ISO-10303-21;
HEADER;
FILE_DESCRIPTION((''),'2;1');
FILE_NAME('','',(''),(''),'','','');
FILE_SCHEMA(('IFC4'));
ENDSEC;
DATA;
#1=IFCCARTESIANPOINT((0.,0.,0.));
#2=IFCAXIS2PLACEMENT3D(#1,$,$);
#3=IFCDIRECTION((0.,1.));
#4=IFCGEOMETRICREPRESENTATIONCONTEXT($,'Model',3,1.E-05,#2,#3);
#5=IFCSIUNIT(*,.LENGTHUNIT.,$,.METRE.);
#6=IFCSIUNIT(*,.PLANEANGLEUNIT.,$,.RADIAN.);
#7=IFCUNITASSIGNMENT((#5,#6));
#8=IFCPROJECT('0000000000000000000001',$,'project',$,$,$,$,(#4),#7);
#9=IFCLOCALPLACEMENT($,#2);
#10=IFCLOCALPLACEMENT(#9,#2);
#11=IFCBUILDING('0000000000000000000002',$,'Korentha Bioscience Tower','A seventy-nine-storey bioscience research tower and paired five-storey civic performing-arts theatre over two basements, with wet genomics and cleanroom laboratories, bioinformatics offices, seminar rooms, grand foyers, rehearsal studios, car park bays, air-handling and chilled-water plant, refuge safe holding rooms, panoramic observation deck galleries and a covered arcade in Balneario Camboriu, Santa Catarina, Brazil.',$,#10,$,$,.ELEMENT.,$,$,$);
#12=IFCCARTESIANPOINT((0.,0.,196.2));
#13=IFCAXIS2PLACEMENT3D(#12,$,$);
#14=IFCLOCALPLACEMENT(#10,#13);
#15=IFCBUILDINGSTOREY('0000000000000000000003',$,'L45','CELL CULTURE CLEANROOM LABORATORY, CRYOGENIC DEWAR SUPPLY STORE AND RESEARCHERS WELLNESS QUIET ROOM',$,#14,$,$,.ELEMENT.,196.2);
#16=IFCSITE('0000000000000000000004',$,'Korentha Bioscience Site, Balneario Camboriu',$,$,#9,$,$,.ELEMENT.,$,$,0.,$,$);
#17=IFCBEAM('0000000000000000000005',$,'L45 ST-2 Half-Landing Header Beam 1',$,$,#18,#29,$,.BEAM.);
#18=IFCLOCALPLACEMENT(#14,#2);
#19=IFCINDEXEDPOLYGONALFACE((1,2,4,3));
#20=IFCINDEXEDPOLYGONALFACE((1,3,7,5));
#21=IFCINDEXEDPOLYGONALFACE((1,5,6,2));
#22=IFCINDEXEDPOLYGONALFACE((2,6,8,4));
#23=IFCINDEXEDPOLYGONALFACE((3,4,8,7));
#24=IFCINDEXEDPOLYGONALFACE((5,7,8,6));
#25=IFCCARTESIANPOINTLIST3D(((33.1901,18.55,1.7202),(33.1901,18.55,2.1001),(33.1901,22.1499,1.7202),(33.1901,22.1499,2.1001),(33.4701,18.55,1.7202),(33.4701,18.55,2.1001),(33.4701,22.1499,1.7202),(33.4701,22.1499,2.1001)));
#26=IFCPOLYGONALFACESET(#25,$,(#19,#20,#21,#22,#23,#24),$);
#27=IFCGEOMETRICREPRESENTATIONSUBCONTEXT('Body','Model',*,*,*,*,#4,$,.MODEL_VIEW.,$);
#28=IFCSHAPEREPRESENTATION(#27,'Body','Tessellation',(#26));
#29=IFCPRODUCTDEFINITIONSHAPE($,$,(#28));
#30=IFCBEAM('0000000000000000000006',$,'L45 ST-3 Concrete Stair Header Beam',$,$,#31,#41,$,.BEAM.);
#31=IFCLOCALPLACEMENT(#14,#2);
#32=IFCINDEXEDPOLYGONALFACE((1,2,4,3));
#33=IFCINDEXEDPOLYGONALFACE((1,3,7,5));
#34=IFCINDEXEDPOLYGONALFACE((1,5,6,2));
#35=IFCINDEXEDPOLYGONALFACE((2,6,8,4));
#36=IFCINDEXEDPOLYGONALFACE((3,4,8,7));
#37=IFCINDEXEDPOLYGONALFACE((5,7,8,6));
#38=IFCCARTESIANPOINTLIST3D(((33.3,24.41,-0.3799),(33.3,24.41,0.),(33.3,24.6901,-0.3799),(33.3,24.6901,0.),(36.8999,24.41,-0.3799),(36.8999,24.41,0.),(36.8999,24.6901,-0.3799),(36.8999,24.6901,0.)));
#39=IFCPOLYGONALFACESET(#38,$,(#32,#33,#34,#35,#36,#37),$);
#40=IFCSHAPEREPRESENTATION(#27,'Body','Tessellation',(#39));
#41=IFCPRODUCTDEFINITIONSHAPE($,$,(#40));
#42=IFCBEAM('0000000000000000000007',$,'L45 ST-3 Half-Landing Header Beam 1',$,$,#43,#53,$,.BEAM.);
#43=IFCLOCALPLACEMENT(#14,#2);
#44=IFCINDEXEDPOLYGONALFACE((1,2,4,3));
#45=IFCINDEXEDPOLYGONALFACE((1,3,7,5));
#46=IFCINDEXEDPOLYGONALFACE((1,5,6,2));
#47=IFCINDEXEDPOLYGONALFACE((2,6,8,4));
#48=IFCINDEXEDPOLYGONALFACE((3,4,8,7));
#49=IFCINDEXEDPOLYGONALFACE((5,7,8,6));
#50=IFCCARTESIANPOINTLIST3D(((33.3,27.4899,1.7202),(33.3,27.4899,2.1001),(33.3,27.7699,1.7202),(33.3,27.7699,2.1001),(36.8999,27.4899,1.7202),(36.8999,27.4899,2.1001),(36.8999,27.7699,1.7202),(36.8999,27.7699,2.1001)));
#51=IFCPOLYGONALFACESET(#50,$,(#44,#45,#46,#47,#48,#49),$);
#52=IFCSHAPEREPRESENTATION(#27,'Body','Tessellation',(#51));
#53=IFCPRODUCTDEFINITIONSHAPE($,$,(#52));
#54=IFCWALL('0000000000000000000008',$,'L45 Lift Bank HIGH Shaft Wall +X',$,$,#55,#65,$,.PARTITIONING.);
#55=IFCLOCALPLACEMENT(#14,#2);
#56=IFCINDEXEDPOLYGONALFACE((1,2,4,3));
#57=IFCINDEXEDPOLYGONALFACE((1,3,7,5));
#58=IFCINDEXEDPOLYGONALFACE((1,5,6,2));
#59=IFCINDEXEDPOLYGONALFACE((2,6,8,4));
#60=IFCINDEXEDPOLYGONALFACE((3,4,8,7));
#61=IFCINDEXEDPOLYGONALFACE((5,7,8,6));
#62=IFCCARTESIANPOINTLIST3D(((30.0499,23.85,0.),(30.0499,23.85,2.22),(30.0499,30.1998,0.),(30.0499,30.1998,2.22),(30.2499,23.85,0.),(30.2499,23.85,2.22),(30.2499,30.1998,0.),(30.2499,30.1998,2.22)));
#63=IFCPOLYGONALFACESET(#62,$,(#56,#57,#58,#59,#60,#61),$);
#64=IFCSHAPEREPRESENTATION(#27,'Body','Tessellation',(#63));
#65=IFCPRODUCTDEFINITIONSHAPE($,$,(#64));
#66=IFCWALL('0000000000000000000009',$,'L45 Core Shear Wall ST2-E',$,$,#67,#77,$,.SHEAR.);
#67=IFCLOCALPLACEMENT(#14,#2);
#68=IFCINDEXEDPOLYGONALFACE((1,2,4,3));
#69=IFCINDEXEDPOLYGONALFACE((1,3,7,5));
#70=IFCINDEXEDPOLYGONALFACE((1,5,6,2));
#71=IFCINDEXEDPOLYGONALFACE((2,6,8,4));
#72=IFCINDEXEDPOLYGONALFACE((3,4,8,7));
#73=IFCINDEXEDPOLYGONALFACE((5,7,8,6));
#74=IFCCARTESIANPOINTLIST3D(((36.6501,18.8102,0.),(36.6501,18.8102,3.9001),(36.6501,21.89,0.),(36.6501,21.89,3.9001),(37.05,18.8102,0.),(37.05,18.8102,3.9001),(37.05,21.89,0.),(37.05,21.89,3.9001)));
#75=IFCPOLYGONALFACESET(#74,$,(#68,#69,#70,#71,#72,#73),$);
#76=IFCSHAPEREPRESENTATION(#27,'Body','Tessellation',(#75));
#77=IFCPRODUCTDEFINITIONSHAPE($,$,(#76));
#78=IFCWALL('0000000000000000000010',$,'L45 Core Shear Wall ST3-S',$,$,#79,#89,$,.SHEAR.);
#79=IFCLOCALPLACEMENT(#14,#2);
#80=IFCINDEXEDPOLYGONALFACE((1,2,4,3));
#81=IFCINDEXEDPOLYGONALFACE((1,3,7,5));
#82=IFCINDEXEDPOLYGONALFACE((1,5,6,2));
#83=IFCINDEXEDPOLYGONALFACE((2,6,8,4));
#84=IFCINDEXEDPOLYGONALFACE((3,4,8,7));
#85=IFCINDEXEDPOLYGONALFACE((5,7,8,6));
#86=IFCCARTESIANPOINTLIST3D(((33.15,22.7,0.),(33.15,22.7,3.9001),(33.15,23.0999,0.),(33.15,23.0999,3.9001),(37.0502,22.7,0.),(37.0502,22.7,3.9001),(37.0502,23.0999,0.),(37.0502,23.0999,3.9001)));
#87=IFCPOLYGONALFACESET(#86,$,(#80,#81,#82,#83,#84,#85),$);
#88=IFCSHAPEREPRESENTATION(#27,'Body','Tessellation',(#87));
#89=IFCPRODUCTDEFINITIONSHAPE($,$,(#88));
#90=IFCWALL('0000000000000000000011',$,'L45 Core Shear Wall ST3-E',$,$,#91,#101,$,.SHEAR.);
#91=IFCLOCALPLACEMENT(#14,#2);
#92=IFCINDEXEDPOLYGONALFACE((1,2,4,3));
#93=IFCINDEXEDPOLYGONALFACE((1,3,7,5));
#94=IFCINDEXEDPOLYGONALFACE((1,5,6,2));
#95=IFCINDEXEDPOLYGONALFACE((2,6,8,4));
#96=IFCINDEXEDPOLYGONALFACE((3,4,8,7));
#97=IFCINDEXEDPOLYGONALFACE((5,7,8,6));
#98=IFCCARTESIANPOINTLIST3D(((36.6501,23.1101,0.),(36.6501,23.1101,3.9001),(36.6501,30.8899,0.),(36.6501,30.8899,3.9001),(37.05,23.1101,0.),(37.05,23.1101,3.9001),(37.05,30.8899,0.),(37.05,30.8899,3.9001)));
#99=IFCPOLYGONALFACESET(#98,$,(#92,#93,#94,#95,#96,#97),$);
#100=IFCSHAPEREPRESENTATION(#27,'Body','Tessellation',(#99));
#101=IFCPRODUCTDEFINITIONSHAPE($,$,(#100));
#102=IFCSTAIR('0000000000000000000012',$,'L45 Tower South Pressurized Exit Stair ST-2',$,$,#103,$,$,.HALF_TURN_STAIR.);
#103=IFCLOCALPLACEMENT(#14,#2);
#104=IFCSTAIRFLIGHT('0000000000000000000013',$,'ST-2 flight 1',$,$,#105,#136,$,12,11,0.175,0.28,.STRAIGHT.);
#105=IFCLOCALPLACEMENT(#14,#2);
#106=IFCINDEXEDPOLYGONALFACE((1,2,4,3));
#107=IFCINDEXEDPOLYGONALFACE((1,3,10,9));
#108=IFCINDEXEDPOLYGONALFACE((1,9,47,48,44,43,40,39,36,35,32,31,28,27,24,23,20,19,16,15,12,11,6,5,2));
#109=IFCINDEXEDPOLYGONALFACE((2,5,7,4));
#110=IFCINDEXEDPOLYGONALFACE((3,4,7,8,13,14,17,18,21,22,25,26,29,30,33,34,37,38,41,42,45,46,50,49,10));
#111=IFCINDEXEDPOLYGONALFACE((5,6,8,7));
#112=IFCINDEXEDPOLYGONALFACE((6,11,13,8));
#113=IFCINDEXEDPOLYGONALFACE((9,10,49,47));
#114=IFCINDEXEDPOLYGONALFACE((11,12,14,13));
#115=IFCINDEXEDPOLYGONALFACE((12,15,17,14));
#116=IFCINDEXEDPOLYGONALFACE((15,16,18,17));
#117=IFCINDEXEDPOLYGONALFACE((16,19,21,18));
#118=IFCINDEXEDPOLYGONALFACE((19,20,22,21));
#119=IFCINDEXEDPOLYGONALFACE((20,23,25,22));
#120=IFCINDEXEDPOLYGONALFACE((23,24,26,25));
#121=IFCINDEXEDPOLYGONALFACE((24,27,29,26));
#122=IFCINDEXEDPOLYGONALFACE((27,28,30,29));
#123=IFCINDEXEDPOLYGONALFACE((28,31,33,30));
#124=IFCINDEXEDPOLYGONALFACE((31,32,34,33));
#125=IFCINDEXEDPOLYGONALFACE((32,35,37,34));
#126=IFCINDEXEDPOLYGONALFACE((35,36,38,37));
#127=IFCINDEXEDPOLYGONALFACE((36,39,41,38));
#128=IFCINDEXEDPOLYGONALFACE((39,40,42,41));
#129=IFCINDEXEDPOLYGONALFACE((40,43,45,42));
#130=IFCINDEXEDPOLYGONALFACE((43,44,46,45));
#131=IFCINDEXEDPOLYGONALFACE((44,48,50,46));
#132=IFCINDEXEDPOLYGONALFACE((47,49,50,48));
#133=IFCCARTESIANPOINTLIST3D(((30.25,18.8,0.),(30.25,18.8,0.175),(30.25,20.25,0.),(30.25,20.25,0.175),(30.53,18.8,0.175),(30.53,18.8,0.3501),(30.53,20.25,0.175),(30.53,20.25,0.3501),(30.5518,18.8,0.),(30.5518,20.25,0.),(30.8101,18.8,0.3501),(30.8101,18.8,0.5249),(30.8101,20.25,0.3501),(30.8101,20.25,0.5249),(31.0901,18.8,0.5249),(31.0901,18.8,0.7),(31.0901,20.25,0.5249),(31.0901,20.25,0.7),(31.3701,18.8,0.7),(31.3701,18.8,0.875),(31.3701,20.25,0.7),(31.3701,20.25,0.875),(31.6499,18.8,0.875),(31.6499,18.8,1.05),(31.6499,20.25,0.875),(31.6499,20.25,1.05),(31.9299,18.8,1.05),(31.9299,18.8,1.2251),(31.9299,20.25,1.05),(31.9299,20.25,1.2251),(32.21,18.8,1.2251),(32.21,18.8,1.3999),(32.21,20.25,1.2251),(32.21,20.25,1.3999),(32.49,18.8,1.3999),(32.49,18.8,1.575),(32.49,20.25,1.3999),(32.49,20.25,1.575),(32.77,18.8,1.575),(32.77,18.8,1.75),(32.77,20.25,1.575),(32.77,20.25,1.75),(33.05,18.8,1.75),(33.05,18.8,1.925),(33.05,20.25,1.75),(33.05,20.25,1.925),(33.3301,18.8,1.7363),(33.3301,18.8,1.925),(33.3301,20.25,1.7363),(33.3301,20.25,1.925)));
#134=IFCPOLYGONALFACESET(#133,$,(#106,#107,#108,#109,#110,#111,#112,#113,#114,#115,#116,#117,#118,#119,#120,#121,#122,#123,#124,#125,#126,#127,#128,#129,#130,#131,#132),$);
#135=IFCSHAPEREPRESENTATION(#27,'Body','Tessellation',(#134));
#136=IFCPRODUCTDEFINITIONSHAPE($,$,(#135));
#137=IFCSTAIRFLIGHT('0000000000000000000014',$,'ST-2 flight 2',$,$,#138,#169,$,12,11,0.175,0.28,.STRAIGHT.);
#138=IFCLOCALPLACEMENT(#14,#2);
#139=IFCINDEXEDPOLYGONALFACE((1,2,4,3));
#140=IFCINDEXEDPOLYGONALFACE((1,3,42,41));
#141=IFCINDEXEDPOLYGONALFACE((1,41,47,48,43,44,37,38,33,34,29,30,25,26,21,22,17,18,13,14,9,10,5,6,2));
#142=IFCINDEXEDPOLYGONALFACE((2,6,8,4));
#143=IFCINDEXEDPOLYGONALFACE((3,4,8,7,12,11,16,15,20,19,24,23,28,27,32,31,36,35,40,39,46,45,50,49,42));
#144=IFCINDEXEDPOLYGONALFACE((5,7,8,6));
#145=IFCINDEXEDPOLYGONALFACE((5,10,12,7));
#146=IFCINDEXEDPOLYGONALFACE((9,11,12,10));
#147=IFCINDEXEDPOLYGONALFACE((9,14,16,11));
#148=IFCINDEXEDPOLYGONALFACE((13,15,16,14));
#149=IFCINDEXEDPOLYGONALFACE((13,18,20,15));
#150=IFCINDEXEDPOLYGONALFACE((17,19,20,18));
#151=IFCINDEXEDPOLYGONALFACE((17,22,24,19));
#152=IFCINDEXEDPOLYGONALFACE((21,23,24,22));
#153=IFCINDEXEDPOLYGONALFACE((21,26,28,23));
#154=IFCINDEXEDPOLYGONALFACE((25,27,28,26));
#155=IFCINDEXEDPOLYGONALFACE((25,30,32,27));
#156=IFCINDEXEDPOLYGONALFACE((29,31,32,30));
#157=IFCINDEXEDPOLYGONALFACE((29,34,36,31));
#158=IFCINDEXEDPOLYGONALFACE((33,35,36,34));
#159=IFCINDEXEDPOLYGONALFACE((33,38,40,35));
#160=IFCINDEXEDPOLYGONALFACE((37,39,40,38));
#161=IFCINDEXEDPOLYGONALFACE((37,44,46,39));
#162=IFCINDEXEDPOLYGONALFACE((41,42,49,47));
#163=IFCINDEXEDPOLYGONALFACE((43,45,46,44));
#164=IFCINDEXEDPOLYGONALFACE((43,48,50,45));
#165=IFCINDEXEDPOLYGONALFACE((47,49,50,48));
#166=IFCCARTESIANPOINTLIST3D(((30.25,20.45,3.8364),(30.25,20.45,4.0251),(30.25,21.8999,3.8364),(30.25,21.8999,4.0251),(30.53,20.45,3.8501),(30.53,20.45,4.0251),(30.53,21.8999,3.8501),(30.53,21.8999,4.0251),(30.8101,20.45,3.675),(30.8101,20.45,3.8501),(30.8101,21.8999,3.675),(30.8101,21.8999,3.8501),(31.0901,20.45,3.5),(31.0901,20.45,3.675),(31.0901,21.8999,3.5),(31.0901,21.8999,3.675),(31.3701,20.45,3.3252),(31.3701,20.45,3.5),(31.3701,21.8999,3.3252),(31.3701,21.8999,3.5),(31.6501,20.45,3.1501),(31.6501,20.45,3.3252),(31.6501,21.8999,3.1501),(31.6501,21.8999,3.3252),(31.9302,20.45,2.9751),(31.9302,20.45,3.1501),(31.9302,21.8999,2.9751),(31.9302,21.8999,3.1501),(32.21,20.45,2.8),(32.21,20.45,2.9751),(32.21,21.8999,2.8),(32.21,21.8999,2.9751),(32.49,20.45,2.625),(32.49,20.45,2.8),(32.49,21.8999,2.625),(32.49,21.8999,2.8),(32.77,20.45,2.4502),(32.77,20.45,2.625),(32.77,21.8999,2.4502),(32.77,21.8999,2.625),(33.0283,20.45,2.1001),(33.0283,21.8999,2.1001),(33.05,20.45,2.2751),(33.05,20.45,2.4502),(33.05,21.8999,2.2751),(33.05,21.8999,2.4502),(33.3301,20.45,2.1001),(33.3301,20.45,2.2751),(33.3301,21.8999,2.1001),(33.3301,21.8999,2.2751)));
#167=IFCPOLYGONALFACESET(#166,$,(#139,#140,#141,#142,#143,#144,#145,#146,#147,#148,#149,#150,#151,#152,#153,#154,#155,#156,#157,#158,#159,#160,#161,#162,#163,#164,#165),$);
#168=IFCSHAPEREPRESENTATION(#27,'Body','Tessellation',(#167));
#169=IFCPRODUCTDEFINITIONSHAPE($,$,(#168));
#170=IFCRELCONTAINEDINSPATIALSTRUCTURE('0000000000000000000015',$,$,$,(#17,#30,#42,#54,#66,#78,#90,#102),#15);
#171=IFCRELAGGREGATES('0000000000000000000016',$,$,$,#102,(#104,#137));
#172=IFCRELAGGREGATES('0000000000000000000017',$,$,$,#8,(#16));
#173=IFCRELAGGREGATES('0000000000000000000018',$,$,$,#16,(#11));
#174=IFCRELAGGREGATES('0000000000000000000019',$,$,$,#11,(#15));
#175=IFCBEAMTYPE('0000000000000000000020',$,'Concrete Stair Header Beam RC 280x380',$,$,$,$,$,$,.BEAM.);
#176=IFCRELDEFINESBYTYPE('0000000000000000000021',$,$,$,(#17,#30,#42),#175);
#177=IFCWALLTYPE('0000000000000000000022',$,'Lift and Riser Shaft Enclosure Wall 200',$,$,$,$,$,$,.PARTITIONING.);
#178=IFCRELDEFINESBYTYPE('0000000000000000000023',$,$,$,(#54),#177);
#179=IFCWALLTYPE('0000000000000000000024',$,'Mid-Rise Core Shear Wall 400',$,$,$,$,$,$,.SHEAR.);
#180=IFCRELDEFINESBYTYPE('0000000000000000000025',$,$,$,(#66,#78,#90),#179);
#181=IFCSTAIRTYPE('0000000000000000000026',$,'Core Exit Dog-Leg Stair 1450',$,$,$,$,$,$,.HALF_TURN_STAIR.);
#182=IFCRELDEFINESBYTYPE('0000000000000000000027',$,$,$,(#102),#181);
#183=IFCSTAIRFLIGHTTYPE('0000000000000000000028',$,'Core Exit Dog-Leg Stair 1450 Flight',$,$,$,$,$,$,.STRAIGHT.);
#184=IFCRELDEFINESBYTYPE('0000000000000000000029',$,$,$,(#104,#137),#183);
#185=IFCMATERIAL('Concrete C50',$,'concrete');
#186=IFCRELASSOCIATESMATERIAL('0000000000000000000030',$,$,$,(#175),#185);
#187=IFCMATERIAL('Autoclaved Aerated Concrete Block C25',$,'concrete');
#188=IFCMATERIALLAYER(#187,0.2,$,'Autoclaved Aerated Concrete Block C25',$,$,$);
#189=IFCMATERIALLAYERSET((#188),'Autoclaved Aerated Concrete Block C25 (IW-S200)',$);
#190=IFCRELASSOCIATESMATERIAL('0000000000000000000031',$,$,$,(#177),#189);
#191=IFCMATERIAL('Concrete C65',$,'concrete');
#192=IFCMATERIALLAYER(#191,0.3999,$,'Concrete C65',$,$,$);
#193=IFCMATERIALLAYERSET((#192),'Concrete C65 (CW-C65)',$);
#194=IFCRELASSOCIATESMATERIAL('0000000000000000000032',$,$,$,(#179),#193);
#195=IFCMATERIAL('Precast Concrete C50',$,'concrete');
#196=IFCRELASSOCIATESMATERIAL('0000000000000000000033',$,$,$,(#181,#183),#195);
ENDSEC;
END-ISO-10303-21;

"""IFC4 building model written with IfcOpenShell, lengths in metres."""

from ifc_helpers import new_model, si_unit, direction, frame, frame_2d, origin, origin_2d, place, context, subcontext, project, spatial, polyline, rectangle, outline, extrude, material, layer, layer_set, material_profile, profile_set, type_object, element, aggregate, save


model = new_model("IFC4")

# Units and contexts
model_context = context("Model", 3, precision=1e-05, world=origin(), true_north=direction((0.0, 1.0)))
body_context = subcontext(model_context, "Body", "Model", "MODEL_VIEW")
ifc_project = project(units=[si_unit("LENGTHUNIT", "METRE"), si_unit("PLANEANGLEUNIT", "RADIAN")], contexts=[model_context])

# Site, building, storey
site_placement = place(None, origin())
site = spatial("IfcSite", under=ifc_project, at=site_placement, Name="Korentha Bioscience Site, Balneario Camboriu", CompositionType="ELEMENT", RefElevation=0.0)
building_placement = place(site_placement, origin())
building = spatial("IfcBuilding", under=site, at=building_placement, Name="Korentha Bioscience Tower", Description="A seventy-nine-storey bioscience research tower and paired five-storey civic performing-arts theatre over two basements, with wet genomics and cleanroom laboratories, bioinformatics offices, seminar rooms, grand foyers, rehearsal studios, car park bays, air-handling and chilled-water plant, refuge safe holding rooms, panoramic observation deck galleries and a covered arcade in Balneario Camboriu, Santa Catarina, Brazil.", CompositionType="ELEMENT")
storey_placement = place(building_placement, frame((0.0, 0.0, 196.2)))
storey = spatial("IfcBuildingStorey", under=building, at=storey_placement, Name="L45", Description="CELL CULTURE CLEANROOM LABORATORY, CRYOGENIC DEWAR SUPPLY STORE AND RESEARCHERS WELLNESS QUIET ROOM", CompositionType="ELEMENT", Elevation=196.2)

# Beams
ifc_material_1 = material(Name="Concrete C50", Category="concrete")
ifc_material_profile = material_profile(ifc_material_1, rectangle(XDim=0.28, YDim=0.3799, at=origin_2d()), Name="Concrete C50")
ifc_profile_set = profile_set([ifc_material_profile], Name="Concrete C50 (ST-HB380)")
beam_type = type_object("IfcBeamType", Name="Concrete Stair Header Beam RC 280x380", PredefinedType="BEAM", material=ifc_profile_set)
for number, where, z_axis, x_axis, name in (
    (1, (33.3301, 18.55, 1.9102), (0.0, 1.0, 0.0), (-1.0, 0.0, 0.0), "L45 ST-2 Half-Landing Header Beam 1"),
    (2, (36.8999, 24.55, -0.1899), (-1.0, 0.0, 0.0), (0.0, -1.0, 0.0), "L45 ST-3 Concrete Stair Header Beam"),
    (3, (36.8999, 27.6299, 1.9102), (-1.0, 0.0, 0.0), (0.0, -1.0, 0.0), "L45 ST-3 Half-Landing Header Beam 1"),
):
    element("IfcBeam", number, at=place(storey_placement, frame(where, z_axis=z_axis, x_axis=x_axis)), inside=storey, type_object=beam_type, Name=name, PredefinedType="BEAM", context=body_context, shape_type="SweptSolid", body=[
        extrude(rectangle(XDim=0.28, YDim=0.3799, at=origin_2d()), origin(), (0.0, 0.0, 1.0), 3.5999),
    ])

# Walls
ifc_material_2 = material(Name="Autoclaved Aerated Concrete Block C25", Category="concrete")
ifc_layer_1 = layer(ifc_material_2, 0.2, Name="Autoclaved Aerated Concrete Block C25")
ifc_layer_set_1 = layer_set([ifc_layer_1], Name="Autoclaved Aerated Concrete Block C25 (IW-S200)")
wall_type_1 = type_object("IfcWallType", Name="Lift and Riser Shaft Enclosure Wall 200", PredefinedType="PARTITIONING", material=ifc_layer_set_1)
wall_1_placement = place(storey_placement, frame((30.1499, 23.8501, 0.0), z_axis=(0.0, 0.0, 1.0), x_axis=(0.0, 1.0, 0.0)))
element("IfcWall", 4, at=wall_1_placement, inside=storey, type_object=wall_type_1, Name="L45 Lift Bank HIGH Shaft Wall +X", PredefinedType="PARTITIONING", context=body_context, shape_type="SweptSolid", body=[
    extrude(rectangle(XDim=6.3499, YDim=0.2, at=frame_2d((3.1748, 0.0))), origin(), (0.0, 0.0, 1.0), 2.22),
])
ifc_material_3 = material(Name="Concrete C65", Category="concrete")
ifc_layer_2 = layer(ifc_material_3, 0.3999, Name="Concrete C65")
ifc_layer_set_2 = layer_set([ifc_layer_2], Name="Concrete C65 (CW-C65)")
wall_type_2 = type_object("IfcWallType", Name="Mid-Rise Core Shear Wall 400", PredefinedType="SHEAR", material=ifc_layer_set_2)
wall_2_placement = place(storey_placement, frame((36.8501, 18.8101, 0.0), z_axis=(0.0, 0.0, 1.0), x_axis=(0.0, 1.0, 0.0)))
element("IfcWall", 5, at=wall_2_placement, inside=storey, type_object=wall_type_2, Name="L45 Core Shear Wall ST2-E", PredefinedType="SHEAR", context=body_context, shape_type="SweptSolid", body=[
    extrude(rectangle(XDim=3.0798, YDim=0.3999, at=frame_2d((1.54, 0.0))), origin(), (0.0, 0.0, 1.0), 3.9001),
])
wall_3_placement = place(storey_placement, frame((33.1499, 22.8999, 0.0), z_axis=(0.0, 0.0, 1.0), x_axis=(1.0, 0.0, 0.0)))
element("IfcWall", 6, at=wall_3_placement, inside=storey, type_object=wall_type_2, Name="L45 Core Shear Wall ST3-S", PredefinedType="SHEAR", context=body_context, shape_type="SweptSolid", body=[
    extrude(rectangle(XDim=3.9001, YDim=0.3999, at=frame_2d((1.9502, 0.0))), origin(), (0.0, 0.0, 1.0), 3.9001),
])
wall_4_placement = place(storey_placement, frame((36.8501, 23.1101, 0.0), z_axis=(0.0, 0.0, 1.0), x_axis=(0.0, 1.0, 0.0)))
element("IfcWall", 7, at=wall_4_placement, inside=storey, type_object=wall_type_2, Name="L45 Core Shear Wall ST3-E", PredefinedType="SHEAR", context=body_context, shape_type="SweptSolid", body=[
    extrude(rectangle(XDim=7.7798, YDim=0.3999, at=frame_2d((3.8899, 0.0))), origin(), (0.0, 0.0, 1.0), 3.9001),
])

# Stair, stair flights
ifc_material_4 = material(Name="Precast Concrete C50", Category="concrete")
stair_type = type_object("IfcStairType", Name="Core Exit Dog-Leg Stair 1450", PredefinedType="HALF_TURN_STAIR", material=ifc_material_4)
stair_1_placement = place(storey_placement, origin())
stair_1 = element("IfcStair", 8, at=stair_1_placement, inside=storey, type_object=stair_type, Name="L45 Tower South Pressurized Exit Stair ST-2", PredefinedType="HALF_TURN_STAIR")
stair_flight_type = type_object("IfcStairFlightType", Name="Core Exit Dog-Leg Stair 1450 Flight", PredefinedType="STRAIGHT", material=ifc_material_4)
stair_flight_1_placement = place(storey_placement, frame((30.25, 19.5249, 0.0), z_axis=(0.0, 0.0, 1.0), x_axis=(1.0, 0.0, 0.0)))
stair_flight_1 = element("IfcStairFlight", 9, at=stair_flight_1_placement, type_object=stair_flight_type, Name="ST-2 flight 1", NumberOfRisers=12, NumberOfTreads=11, PredefinedType="STRAIGHT", RiserHeight=0.175, TreadLength=0.28, context=body_context, shape_type="SweptSolid", body=[
    extrude(outline(polyline([(0.0, 0.0), (0.0, 0.175), (0.28, 0.175), (0.28, 0.3501), (0.5601, 0.3501), (0.5601, 0.5249), (0.8401, 0.5249), (0.8401, 0.7), (1.1201, 0.7), (1.1201, 0.875), (1.3999, 0.875), (1.3999, 1.05), (1.6799, 1.05), (1.6799, 1.2251), (1.96, 1.2251), (1.96, 1.3999), (2.24, 1.3999), (2.24, 1.575), (2.52, 1.575), (2.52, 1.75), (2.8, 1.75), (2.8, 1.925), (3.0801, 1.925), (3.0801, 2.1001), (3.0801, 1.7363), (0.3018, 0.0), (0.0, 0.0)])), frame((0.0, 0.7251, 0.0), z_axis=(0.0, -1.0, 0.0), x_axis=(1.0, 0.0, 0.0)), (0.0, 0.0, 1.0), 1.45),
])
stair_flight_2_placement = place(storey_placement, frame((33.3301, 21.175, 2.1001), z_axis=(0.0, 0.0, 1.0), x_axis=(-1.0, 0.0, 0.0)))
stair_flight_2 = element("IfcStairFlight", 10, at=stair_flight_2_placement, type_object=stair_flight_type, Name="ST-2 flight 2", NumberOfRisers=12, NumberOfTreads=11, PredefinedType="STRAIGHT", RiserHeight=0.175, TreadLength=0.28, context=body_context, shape_type="SweptSolid", body=[
    extrude(outline(polyline([(0.0, 0.0), (0.0, 0.175), (0.28, 0.175), (0.28, 0.3501), (0.5601, 0.3501), (0.5601, 0.5249), (0.8401, 0.5249), (0.8401, 0.7), (1.1201, 0.7), (1.1201, 0.875), (1.3999, 0.875), (1.3999, 1.05), (1.6799, 1.05), (1.6799, 1.2251), (1.96, 1.2251), (1.96, 1.3999), (2.24, 1.3999), (2.24, 1.575), (2.52, 1.575), (2.52, 1.75), (2.8, 1.75), (2.8, 1.925), (3.0801, 1.925), (3.0801, 2.1001), (3.0801, 1.7363), (0.3018, 0.0), (0.0, 0.0)])), frame((0.0, 0.7251, 0.0), z_axis=(0.0, -1.0, 0.0), x_axis=(1.0, 0.0, 0.0)), (0.0, 0.0, 1.0), 1.45),
])
aggregate(stair_1, [stair_flight_1, stair_flight_2])

save(model, "model.ifc")
